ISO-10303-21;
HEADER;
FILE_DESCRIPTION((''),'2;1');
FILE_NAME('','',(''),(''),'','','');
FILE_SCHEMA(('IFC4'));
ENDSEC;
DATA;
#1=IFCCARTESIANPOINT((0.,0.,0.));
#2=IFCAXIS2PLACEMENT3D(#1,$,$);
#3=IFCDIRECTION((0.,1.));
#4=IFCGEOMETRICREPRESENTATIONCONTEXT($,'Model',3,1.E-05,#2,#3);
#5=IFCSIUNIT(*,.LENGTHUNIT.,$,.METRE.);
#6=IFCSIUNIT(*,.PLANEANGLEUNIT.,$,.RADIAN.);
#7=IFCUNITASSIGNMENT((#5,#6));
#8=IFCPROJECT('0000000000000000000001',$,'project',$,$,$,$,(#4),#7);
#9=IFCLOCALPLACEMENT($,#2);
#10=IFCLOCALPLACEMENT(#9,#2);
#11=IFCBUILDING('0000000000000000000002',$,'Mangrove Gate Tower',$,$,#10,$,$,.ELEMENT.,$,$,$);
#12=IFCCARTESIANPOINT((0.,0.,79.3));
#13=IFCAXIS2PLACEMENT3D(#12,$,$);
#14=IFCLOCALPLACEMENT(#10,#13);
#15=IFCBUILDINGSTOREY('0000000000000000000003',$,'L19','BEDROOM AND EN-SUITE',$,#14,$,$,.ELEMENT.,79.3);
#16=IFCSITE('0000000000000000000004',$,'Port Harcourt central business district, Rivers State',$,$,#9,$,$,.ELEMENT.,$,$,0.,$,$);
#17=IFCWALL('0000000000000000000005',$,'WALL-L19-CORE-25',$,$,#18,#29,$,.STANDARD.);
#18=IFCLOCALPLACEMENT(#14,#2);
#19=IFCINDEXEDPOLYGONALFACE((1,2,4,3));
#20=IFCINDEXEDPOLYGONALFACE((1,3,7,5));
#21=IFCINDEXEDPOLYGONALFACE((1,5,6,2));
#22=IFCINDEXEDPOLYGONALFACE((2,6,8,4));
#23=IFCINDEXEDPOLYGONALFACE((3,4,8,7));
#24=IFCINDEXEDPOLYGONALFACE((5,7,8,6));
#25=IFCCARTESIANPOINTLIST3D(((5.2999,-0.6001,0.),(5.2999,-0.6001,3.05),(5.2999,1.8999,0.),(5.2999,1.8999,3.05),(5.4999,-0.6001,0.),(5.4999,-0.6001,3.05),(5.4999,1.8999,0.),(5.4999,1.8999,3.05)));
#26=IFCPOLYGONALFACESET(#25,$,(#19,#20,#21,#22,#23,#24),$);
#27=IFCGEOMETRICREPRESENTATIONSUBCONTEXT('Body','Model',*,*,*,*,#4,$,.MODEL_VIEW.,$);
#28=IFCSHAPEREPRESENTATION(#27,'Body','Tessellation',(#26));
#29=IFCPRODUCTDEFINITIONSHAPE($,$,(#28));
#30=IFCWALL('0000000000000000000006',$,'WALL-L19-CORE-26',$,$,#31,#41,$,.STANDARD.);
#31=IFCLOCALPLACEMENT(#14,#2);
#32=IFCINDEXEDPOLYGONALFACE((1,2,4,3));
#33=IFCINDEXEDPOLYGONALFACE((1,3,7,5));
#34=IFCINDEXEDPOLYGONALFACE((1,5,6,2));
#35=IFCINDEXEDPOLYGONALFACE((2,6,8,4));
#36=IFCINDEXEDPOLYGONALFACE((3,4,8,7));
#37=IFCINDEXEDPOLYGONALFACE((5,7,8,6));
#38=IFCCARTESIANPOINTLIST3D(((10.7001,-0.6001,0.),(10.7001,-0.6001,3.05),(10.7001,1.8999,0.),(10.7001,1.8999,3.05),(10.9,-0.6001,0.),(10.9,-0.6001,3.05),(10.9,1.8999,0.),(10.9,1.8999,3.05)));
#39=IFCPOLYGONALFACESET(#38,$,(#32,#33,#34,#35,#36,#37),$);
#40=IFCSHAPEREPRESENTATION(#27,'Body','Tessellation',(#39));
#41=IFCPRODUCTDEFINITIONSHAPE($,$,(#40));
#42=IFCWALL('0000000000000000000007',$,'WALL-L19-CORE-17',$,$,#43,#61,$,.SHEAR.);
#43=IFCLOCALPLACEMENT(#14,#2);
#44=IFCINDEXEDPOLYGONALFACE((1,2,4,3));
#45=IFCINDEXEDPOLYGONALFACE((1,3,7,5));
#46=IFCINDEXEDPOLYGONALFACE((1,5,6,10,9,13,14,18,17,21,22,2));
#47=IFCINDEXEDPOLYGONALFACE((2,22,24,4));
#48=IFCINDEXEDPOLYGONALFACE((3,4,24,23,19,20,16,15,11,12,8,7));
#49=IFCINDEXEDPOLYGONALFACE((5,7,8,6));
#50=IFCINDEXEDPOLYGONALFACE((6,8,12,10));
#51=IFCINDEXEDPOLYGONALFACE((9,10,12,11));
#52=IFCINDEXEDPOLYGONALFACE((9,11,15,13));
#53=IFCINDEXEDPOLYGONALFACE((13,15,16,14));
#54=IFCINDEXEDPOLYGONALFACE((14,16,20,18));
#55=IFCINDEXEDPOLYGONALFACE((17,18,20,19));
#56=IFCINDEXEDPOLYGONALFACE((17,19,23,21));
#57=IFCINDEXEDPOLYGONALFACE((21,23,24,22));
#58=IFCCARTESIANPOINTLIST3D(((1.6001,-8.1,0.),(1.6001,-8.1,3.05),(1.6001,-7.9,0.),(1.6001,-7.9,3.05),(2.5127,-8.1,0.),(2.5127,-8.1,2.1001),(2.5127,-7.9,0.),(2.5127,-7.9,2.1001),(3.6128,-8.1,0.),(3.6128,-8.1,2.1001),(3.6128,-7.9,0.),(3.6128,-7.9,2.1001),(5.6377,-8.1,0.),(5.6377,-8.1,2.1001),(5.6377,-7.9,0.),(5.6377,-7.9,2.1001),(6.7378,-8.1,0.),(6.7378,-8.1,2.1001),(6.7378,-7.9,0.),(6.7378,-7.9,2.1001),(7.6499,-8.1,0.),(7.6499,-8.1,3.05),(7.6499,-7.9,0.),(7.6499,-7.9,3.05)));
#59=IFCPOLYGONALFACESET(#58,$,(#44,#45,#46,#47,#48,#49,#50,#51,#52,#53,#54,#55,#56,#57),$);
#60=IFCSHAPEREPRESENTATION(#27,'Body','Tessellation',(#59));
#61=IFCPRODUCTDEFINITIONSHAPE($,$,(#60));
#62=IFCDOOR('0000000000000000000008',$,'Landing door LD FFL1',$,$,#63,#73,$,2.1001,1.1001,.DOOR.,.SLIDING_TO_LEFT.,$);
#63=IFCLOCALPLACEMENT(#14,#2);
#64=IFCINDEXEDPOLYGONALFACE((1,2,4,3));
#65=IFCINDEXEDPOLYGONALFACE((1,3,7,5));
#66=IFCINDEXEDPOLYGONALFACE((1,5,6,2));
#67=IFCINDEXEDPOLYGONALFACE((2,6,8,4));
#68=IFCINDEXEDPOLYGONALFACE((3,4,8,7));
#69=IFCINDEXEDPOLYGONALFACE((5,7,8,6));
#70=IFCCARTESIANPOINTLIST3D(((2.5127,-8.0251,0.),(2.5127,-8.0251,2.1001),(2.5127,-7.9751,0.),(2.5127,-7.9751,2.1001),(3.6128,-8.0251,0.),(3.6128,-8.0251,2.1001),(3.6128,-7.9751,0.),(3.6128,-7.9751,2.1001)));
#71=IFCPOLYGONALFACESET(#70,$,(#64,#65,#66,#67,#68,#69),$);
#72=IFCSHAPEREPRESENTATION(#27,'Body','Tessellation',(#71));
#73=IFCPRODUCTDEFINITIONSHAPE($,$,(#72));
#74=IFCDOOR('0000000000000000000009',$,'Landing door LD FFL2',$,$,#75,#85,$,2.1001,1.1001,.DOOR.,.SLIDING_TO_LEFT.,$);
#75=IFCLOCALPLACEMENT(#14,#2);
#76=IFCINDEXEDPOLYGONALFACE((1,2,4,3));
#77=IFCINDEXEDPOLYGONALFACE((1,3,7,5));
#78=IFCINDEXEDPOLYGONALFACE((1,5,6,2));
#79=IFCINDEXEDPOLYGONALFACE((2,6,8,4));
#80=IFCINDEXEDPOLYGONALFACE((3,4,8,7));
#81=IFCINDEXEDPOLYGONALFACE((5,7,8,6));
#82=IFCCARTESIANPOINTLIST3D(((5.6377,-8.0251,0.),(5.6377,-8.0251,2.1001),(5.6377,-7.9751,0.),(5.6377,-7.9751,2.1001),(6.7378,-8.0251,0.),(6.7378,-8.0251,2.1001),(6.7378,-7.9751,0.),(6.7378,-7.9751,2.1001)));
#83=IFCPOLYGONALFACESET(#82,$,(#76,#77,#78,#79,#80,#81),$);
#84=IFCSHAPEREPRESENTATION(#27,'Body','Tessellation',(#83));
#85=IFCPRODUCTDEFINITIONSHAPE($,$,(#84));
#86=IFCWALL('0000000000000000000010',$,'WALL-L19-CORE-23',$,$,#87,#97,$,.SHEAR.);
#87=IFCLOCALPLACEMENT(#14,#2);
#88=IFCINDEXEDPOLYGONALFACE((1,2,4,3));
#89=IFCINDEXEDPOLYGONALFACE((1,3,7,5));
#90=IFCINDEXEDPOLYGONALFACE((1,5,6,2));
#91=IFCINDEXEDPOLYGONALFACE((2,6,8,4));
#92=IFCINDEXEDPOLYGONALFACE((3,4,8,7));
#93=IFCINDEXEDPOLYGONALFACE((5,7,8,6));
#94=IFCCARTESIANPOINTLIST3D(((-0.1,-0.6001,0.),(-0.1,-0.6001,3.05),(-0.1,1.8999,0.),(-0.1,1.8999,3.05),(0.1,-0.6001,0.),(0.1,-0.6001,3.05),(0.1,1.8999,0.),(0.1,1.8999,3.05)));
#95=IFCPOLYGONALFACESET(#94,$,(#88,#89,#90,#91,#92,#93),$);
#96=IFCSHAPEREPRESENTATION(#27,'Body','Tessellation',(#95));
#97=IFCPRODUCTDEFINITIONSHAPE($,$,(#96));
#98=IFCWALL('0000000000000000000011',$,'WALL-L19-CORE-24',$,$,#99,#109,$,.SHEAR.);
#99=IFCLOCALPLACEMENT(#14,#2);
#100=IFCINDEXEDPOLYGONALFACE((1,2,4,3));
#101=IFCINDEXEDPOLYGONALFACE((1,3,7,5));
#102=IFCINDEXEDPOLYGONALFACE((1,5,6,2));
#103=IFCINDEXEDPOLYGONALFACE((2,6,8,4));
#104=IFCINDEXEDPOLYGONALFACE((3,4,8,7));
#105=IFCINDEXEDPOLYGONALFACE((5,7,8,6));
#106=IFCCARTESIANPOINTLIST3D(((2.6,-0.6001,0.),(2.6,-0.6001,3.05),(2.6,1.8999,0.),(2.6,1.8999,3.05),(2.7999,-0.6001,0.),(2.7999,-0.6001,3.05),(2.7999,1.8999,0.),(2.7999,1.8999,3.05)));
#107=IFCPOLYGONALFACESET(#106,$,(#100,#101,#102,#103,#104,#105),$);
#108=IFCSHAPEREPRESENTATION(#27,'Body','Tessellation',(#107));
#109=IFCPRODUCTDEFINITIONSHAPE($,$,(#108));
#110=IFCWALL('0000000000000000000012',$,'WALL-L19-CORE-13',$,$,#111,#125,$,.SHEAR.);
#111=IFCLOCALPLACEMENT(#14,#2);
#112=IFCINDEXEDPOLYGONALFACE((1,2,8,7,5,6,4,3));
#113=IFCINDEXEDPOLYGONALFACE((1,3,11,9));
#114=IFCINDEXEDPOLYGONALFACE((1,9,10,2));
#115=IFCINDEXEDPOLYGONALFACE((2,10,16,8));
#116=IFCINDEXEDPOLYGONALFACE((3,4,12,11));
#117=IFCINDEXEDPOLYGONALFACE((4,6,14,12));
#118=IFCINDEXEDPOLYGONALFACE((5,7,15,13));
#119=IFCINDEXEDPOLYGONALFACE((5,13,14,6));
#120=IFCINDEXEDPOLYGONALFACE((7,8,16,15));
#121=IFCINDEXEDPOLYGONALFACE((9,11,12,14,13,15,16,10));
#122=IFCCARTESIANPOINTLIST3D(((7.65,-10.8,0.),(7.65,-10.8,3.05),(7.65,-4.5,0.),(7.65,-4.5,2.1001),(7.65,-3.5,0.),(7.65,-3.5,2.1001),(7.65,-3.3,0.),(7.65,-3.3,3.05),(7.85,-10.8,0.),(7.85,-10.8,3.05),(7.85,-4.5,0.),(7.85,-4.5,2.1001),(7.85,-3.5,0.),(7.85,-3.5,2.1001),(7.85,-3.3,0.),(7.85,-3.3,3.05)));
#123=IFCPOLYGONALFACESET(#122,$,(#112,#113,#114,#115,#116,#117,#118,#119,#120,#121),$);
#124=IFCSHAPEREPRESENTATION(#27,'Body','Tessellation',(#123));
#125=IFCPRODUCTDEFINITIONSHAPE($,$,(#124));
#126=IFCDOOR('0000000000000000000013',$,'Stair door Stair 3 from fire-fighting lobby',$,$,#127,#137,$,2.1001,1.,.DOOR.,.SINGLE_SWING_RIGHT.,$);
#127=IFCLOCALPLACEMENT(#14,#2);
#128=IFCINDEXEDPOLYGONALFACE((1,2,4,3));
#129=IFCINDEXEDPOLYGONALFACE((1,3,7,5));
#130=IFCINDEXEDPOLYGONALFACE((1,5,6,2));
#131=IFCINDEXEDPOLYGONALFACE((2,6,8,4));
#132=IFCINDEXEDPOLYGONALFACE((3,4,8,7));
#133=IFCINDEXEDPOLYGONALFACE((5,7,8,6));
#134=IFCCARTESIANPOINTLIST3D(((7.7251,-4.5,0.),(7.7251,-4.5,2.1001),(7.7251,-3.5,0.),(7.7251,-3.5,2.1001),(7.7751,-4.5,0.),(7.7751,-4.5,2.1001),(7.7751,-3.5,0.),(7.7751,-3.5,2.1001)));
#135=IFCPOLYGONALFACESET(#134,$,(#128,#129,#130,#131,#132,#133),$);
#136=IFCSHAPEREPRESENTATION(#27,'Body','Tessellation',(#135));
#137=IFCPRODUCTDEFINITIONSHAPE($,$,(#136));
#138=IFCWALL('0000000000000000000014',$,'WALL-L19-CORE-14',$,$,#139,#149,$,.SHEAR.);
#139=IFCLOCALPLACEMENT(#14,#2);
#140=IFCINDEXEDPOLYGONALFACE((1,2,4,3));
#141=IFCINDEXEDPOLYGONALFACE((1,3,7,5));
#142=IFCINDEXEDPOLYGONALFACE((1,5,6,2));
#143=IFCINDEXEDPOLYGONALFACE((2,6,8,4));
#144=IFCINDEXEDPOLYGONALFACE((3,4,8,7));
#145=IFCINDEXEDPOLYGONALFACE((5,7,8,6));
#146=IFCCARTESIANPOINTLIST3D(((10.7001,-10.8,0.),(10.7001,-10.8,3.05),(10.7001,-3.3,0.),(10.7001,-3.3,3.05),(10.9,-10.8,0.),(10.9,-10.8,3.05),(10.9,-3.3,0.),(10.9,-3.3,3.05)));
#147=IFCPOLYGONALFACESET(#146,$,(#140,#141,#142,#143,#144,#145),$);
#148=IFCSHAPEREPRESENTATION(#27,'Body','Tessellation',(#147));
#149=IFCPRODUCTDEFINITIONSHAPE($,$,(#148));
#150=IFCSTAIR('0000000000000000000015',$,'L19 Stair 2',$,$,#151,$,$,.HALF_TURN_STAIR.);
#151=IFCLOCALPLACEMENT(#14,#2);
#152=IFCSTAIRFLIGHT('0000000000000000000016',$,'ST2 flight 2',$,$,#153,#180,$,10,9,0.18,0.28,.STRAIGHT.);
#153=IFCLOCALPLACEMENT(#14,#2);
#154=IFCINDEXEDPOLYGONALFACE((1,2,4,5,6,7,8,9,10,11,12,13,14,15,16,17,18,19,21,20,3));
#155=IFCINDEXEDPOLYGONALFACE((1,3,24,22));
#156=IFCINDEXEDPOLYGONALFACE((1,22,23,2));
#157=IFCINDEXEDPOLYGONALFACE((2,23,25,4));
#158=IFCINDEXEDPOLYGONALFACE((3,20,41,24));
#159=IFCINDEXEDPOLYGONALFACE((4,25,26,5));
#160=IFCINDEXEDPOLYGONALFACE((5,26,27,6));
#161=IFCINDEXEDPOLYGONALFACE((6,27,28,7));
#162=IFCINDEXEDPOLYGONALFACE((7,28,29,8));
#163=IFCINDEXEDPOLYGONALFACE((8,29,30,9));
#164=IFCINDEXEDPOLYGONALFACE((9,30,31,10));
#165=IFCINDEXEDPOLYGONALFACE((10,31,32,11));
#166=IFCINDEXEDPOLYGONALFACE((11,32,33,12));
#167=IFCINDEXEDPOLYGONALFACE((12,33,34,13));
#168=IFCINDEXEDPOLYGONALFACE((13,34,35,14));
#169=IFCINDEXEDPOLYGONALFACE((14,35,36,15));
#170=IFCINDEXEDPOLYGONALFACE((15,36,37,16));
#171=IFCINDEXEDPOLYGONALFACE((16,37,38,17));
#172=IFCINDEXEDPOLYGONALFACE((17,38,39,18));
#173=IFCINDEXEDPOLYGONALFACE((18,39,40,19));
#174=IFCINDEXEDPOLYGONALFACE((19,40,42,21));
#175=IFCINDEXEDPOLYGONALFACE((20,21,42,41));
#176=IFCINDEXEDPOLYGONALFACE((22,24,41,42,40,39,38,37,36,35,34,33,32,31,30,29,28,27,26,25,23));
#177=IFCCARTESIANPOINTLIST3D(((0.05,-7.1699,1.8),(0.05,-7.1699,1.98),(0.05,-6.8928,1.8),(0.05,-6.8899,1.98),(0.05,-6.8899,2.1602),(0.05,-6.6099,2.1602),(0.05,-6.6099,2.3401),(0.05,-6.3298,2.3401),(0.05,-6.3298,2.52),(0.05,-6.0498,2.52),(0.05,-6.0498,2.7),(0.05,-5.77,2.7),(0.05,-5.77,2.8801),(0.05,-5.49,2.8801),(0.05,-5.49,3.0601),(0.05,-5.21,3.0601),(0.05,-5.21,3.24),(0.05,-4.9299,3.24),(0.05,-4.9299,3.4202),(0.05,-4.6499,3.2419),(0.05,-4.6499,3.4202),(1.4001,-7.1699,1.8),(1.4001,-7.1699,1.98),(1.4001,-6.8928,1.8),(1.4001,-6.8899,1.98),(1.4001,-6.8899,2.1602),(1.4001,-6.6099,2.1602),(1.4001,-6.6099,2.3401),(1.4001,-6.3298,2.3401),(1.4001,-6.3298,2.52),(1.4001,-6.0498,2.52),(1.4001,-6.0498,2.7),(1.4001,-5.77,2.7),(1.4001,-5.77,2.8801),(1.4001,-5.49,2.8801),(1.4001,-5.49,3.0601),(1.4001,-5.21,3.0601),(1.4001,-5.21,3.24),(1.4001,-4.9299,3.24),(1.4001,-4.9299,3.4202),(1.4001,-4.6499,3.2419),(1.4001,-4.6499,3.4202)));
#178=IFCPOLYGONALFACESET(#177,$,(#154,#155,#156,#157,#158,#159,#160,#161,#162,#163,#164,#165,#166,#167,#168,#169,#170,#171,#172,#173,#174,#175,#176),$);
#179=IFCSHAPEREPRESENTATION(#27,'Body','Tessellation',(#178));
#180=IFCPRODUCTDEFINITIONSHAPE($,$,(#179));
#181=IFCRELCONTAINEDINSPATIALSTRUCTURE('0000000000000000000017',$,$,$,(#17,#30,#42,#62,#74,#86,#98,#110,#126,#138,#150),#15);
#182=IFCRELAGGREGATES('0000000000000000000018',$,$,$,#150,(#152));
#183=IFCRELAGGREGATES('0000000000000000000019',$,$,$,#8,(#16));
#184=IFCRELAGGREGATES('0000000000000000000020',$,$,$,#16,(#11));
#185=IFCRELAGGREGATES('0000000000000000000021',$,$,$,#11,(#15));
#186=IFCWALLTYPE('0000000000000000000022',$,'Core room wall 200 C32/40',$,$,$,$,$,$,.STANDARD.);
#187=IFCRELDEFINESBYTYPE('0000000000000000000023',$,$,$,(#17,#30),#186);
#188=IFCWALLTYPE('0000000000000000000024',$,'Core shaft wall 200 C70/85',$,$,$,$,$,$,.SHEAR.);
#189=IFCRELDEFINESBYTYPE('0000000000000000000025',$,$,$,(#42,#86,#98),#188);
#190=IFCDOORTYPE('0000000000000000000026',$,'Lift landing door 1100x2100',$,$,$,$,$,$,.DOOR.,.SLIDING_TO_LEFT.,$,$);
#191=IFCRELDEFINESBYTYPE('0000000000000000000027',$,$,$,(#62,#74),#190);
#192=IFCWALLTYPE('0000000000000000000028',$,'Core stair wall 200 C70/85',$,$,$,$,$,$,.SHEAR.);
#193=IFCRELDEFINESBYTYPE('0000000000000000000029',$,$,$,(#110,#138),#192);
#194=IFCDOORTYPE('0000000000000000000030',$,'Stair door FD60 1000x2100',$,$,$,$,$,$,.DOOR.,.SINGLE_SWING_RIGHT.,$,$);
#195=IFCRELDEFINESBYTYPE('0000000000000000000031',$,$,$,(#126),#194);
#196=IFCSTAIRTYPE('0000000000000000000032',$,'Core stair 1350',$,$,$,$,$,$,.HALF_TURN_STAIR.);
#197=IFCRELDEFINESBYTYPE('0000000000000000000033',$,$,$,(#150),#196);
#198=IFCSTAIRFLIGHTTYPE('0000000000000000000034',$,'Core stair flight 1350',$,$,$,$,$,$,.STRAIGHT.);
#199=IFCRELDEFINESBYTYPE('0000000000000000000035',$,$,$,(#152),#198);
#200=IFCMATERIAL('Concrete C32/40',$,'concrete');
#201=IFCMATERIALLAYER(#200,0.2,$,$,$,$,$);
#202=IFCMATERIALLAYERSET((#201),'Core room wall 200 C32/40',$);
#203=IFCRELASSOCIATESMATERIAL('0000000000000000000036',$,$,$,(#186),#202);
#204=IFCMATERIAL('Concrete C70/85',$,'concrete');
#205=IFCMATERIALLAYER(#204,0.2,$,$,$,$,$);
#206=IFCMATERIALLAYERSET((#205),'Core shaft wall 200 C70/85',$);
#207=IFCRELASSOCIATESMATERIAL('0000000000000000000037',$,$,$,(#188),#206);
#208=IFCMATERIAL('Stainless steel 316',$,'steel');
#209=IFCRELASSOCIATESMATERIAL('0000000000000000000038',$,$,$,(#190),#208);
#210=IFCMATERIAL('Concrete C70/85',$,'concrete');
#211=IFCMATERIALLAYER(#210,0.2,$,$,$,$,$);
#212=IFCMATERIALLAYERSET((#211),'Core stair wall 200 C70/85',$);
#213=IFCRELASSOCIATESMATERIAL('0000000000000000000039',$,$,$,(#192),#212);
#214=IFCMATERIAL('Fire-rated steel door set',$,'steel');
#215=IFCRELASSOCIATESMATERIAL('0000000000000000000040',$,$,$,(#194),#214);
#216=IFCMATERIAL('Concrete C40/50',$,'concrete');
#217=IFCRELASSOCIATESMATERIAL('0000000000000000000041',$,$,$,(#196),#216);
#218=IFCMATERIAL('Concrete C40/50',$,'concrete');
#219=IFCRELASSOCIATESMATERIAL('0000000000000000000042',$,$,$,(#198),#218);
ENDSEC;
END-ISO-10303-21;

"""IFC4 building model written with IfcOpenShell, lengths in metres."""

from ifc_helpers import new_model, si_unit, direction, frame, frame_2d, origin, place, context, subcontext, project, spatial, polyline, rectangle, outline, extrude, material, layer, layer_set, type_object, element, fill, aggregate, save


model = new_model("IFC4")

# Units and contexts
model_context = context("Model", 3, precision=1e-05, world=origin(), true_north=direction((0.0, 1.0)))
body_context = subcontext(model_context, "Body", "Model", "MODEL_VIEW")
ifc_project = project(units=[si_unit("LENGTHUNIT", "METRE"), si_unit("PLANEANGLEUNIT", "RADIAN")], contexts=[model_context])

# Site, building, storey
site_placement = place(None, origin())
site = spatial("IfcSite", under=ifc_project, at=site_placement, Name="Port Harcourt central business district, Rivers State", CompositionType="ELEMENT", RefElevation=0.0)
building_placement = place(site_placement, origin())
building = spatial("IfcBuilding", under=site, at=building_placement, Name="Mangrove Gate Tower", CompositionType="ELEMENT")
storey_placement = place(building_placement, frame((0.0, 0.0, 79.3)))
storey = spatial("IfcBuildingStorey", under=building, at=storey_placement, Name="L19", Description="BEDROOM AND EN-SUITE", CompositionType="ELEMENT", Elevation=79.3)

# Walls
ifc_material_1 = material(Name="Concrete C32/40", Category="concrete")
ifc_layer_1 = layer(ifc_material_1, 0.2)
ifc_layer_set_1 = layer_set([ifc_layer_1], Name="Core room wall 200 C32/40")
wall_type_1 = type_object("IfcWallType", Name="Core room wall 200 C32/40", PredefinedType="STANDARD", material=ifc_layer_set_1)
for number, where, z_axis, x_axis, name in (
    (1, (5.3999, -0.6001, 0.0), (0.0, 0.0, 1.0), (0.0, 1.0, 0.0), "WALL-L19-CORE-25"),
    (2, (10.8, -0.6001, 0.0), (0.0, 0.0, 1.0), (0.0, 1.0, 0.0), "WALL-L19-CORE-26"),
):
    element("IfcWall", number, at=place(storey_placement, frame(where, z_axis=z_axis, x_axis=x_axis)), inside=storey, type_object=wall_type_1, Name=name, PredefinedType="STANDARD", context=body_context, shape_type="SweptSolid", body=[
        extrude(rectangle(XDim=2.5, YDim=0.2, at=frame_2d((1.25, 0.0))), origin(), (0.0, 0.0, 1.0), 3.05),
    ])

# Wall, openings, doors
ifc_material_2 = material(Name="Concrete C70/85", Category="concrete")
ifc_layer_2 = layer(ifc_material_2, 0.2)
ifc_layer_set_2 = layer_set([ifc_layer_2], Name="Core shaft wall 200 C70/85")
wall_type_2 = type_object("IfcWallType", Name="Core shaft wall 200 C70/85", PredefinedType="SHEAR", material=ifc_layer_set_2)
wall_1_placement = place(storey_placement, frame((1.6001, -8.0, 0.0), z_axis=(0.0, 0.0, 1.0), x_axis=(1.0, 0.0, 0.0)))
wall_1 = element("IfcWall", 3, at=wall_1_placement, inside=storey, type_object=wall_type_2, Name="WALL-L19-CORE-17", PredefinedType="SHEAR", context=body_context, shape_type="SweptSolid", body=[
    extrude(rectangle(XDim=6.0498, YDim=0.2, at=frame_2d((3.0249, 0.0))), origin(), (0.0, 0.0, 1.0), 3.05),
])
opening_1_placement = place(wall_1_placement, frame((0.9126, 0.0, 0.0)))
opening_1 = element("IfcOpeningElement", 4, at=opening_1_placement, cuts=wall_1, PredefinedType="OPENING", context=body_context, shape_type="SweptSolid", body=[
    extrude(rectangle(XDim=1.1001, YDim=2.1001, at=frame_2d((0.55, 1.05))), frame((0.0, 0.1099, 0.0), z_axis=(0.0, -1.0, 0.0), x_axis=(1.0, 0.0, 0.0)), (0.0, 0.0, 1.0), 0.22),
])
opening_2_placement = place(wall_1_placement, frame((4.0376, 0.0, 0.0)))
opening_2 = element("IfcOpeningElement", 5, at=opening_2_placement, cuts=wall_1, PredefinedType="OPENING", context=body_context, shape_type="SweptSolid", body=[
    extrude(rectangle(XDim=1.1001, YDim=2.1001, at=frame_2d((0.55, 1.05))), frame((0.0, 0.1099, 0.0), z_axis=(0.0, -1.0, 0.0), x_axis=(1.0, 0.0, 0.0)), (0.0, 0.0, 1.0), 0.22),
])
ifc_material_3 = material(Name="Stainless steel 316", Category="steel")
door_type_1 = type_object("IfcDoorType", Name="Lift landing door 1100x2100", OperationType="SLIDING_TO_LEFT", PredefinedType="DOOR", material=ifc_material_3)
door_1_placement = place(opening_1_placement, origin())
door_1 = element("IfcDoor", 6, at=door_1_placement, inside=storey, type_object=door_type_1, Name="Landing door LD FFL1", OperationType="SLIDING_TO_LEFT", OverallHeight=2.1001, OverallWidth=1.1001, PredefinedType="DOOR", context=body_context, shape_type="SweptSolid", body=[
    extrude(rectangle(XDim=1.1001, YDim=2.1001, at=frame_2d((0.55, 1.05))), frame((0.0, 0.0249, 0.0), z_axis=(0.0, -1.0, 0.0), x_axis=(1.0, 0.0, 0.0)), (0.0, 0.0, 1.0), 0.05),
])
fill(opening_1, door_1)
door_2_placement = place(opening_2_placement, origin())
door_2 = element("IfcDoor", 7, at=door_2_placement, inside=storey, type_object=door_type_1, Name="Landing door LD FFL2", OperationType="SLIDING_TO_LEFT", OverallHeight=2.1001, OverallWidth=1.1001, PredefinedType="DOOR", context=body_context, shape_type="SweptSolid", body=[
    extrude(rectangle(XDim=1.1001, YDim=2.1001, at=frame_2d((0.55, 1.05))), frame((0.0, 0.0249, 0.0), z_axis=(0.0, -1.0, 0.0), x_axis=(1.0, 0.0, 0.0)), (0.0, 0.0, 1.0), 0.05),
])
fill(opening_2, door_2)

# Walls
for number, where, z_axis, x_axis, name in (
    (8, (0.0, -0.6001, 0.0), (0.0, 0.0, 1.0), (0.0, 1.0, 0.0), "WALL-L19-CORE-23"),
    (9, (2.7, -0.6001, 0.0), (0.0, 0.0, 1.0), (0.0, 1.0, 0.0), "WALL-L19-CORE-24"),
):
    element("IfcWall", number, at=place(storey_placement, frame(where, z_axis=z_axis, x_axis=x_axis)), inside=storey, type_object=wall_type_2, Name=name, PredefinedType="SHEAR", context=body_context, shape_type="SweptSolid", body=[
        extrude(rectangle(XDim=2.5, YDim=0.2, at=frame_2d((1.25, 0.0))), origin(), (0.0, 0.0, 1.0), 3.05),
    ])

# Wall, opening, door
ifc_material_4 = material(Name="Concrete C70/85", Category="concrete")
ifc_layer_3 = layer(ifc_material_4, 0.2)
ifc_layer_set_3 = layer_set([ifc_layer_3], Name="Core stair wall 200 C70/85")
wall_type_3 = type_object("IfcWallType", Name="Core stair wall 200 C70/85", PredefinedType="SHEAR", material=ifc_layer_set_3)
wall_2_placement = place(storey_placement, frame((7.75, -10.8, 0.0), z_axis=(0.0, 0.0, 1.0), x_axis=(0.0, 1.0, 0.0)))
wall_2 = element("IfcWall", 10, at=wall_2_placement, inside=storey, type_object=wall_type_3, Name="WALL-L19-CORE-13", PredefinedType="SHEAR", context=body_context, shape_type="SweptSolid", body=[
    extrude(rectangle(XDim=7.5, YDim=0.2, at=frame_2d((3.75, 0.0))), origin(), (0.0, 0.0, 1.0), 3.05),
])
opening_3_placement = place(wall_2_placement, frame((6.3, 0.0, 0.0)))
opening_3 = element("IfcOpeningElement", 11, at=opening_3_placement, cuts=wall_2, PredefinedType="OPENING", context=body_context, shape_type="SweptSolid", body=[
    extrude(rectangle(XDim=1.0, YDim=2.1001, at=frame_2d((0.5, 1.05))), frame((0.0, 0.1099, 0.0), z_axis=(0.0, -1.0, 0.0), x_axis=(1.0, 0.0, 0.0)), (0.0, 0.0, 1.0), 0.22),
])
ifc_material_5 = material(Name="Fire-rated steel door set", Category="steel")
door_type_2 = type_object("IfcDoorType", Name="Stair door FD60 1000x2100", OperationType="SINGLE_SWING_RIGHT", PredefinedType="DOOR", material=ifc_material_5)
door_3_placement = place(opening_3_placement, origin())
door_3 = element("IfcDoor", 12, at=door_3_placement, inside=storey, type_object=door_type_2, Name="Stair door Stair 3 from fire-fighting lobby", OperationType="SINGLE_SWING_RIGHT", OverallHeight=2.1001, OverallWidth=1.0, PredefinedType="DOOR", context=body_context, shape_type="SweptSolid", body=[
    extrude(rectangle(XDim=1.0, YDim=2.1001, at=frame_2d((0.5, 1.05))), frame((0.0, 0.0249, 0.0), z_axis=(0.0, -1.0, 0.0), x_axis=(1.0, 0.0, 0.0)), (0.0, 0.0, 1.0), 0.05),
])
fill(opening_3, door_3)

# Wall
wall_3_placement = place(storey_placement, frame((10.8, -10.8, 0.0), z_axis=(0.0, 0.0, 1.0), x_axis=(0.0, 1.0, 0.0)))
element("IfcWall", 13, at=wall_3_placement, inside=storey, type_object=wall_type_3, Name="WALL-L19-CORE-14", PredefinedType="SHEAR", context=body_context, shape_type="SweptSolid", body=[
    extrude(rectangle(XDim=7.5, YDim=0.2, at=frame_2d((3.75, 0.0))), origin(), (0.0, 0.0, 1.0), 3.05),
])

# Stair, stair flight
ifc_material_6 = material(Name="Concrete C40/50", Category="concrete")
stair_type = type_object("IfcStairType", Name="Core stair 1350", PredefinedType="HALF_TURN_STAIR", material=ifc_material_6)
stair_1_placement = place(storey_placement, origin())
stair_1 = element("IfcStair", 14, at=stair_1_placement, inside=storey, type_object=stair_type, Name="L19 Stair 2", PredefinedType="HALF_TURN_STAIR")
ifc_material_7 = material(Name="Concrete C40/50", Category="concrete")
stair_flight_type = type_object("IfcStairFlightType", Name="Core stair flight 1350", PredefinedType="STRAIGHT", material=ifc_material_7)
stair_flight_1_placement = place(storey_placement, frame((0.7251, -7.1699, 1.8), z_axis=(0.0, 0.0, 1.0), x_axis=(0.0, 1.0, 0.0)))
stair_flight_1 = element("IfcStairFlight", 15, at=stair_flight_1_placement, type_object=stair_flight_type, Name="ST2 flight 2", NumberOfRisers=10, NumberOfTreads=9, PredefinedType="STRAIGHT", RiserHeight=0.18, TreadLength=0.28, context=body_context, shape_type="SweptSolid", body=[
    extrude(outline(polyline([(0.0, 0.0), (0.0, 0.1799), (0.28, 0.1799), (0.28, 0.3601), (0.5601, 0.3601), (0.5601, 0.54), (0.8401, 0.54), (0.8401, 0.72), (1.1201, 0.72), (1.1201, 0.8999), (1.3999, 0.8999), (1.3999, 1.0801), (1.6799, 1.0801), (1.6799, 1.26), (1.96, 1.26), (1.96, 1.4399), (2.24, 1.4399), (2.24, 1.6201), (2.52, 1.6201), (2.52, 1.8), (2.52, 1.4419), (0.2771, 0.0), (0.0, 0.0)])), frame((0.0, 0.675, 0.0), z_axis=(0.0, -1.0, 0.0), x_axis=(1.0, 0.0, 0.0)), (0.0, 0.0, 1.0), 1.3501),
])
aggregate(stair_1, [stair_flight_1])

save(model, "model.ifc")
